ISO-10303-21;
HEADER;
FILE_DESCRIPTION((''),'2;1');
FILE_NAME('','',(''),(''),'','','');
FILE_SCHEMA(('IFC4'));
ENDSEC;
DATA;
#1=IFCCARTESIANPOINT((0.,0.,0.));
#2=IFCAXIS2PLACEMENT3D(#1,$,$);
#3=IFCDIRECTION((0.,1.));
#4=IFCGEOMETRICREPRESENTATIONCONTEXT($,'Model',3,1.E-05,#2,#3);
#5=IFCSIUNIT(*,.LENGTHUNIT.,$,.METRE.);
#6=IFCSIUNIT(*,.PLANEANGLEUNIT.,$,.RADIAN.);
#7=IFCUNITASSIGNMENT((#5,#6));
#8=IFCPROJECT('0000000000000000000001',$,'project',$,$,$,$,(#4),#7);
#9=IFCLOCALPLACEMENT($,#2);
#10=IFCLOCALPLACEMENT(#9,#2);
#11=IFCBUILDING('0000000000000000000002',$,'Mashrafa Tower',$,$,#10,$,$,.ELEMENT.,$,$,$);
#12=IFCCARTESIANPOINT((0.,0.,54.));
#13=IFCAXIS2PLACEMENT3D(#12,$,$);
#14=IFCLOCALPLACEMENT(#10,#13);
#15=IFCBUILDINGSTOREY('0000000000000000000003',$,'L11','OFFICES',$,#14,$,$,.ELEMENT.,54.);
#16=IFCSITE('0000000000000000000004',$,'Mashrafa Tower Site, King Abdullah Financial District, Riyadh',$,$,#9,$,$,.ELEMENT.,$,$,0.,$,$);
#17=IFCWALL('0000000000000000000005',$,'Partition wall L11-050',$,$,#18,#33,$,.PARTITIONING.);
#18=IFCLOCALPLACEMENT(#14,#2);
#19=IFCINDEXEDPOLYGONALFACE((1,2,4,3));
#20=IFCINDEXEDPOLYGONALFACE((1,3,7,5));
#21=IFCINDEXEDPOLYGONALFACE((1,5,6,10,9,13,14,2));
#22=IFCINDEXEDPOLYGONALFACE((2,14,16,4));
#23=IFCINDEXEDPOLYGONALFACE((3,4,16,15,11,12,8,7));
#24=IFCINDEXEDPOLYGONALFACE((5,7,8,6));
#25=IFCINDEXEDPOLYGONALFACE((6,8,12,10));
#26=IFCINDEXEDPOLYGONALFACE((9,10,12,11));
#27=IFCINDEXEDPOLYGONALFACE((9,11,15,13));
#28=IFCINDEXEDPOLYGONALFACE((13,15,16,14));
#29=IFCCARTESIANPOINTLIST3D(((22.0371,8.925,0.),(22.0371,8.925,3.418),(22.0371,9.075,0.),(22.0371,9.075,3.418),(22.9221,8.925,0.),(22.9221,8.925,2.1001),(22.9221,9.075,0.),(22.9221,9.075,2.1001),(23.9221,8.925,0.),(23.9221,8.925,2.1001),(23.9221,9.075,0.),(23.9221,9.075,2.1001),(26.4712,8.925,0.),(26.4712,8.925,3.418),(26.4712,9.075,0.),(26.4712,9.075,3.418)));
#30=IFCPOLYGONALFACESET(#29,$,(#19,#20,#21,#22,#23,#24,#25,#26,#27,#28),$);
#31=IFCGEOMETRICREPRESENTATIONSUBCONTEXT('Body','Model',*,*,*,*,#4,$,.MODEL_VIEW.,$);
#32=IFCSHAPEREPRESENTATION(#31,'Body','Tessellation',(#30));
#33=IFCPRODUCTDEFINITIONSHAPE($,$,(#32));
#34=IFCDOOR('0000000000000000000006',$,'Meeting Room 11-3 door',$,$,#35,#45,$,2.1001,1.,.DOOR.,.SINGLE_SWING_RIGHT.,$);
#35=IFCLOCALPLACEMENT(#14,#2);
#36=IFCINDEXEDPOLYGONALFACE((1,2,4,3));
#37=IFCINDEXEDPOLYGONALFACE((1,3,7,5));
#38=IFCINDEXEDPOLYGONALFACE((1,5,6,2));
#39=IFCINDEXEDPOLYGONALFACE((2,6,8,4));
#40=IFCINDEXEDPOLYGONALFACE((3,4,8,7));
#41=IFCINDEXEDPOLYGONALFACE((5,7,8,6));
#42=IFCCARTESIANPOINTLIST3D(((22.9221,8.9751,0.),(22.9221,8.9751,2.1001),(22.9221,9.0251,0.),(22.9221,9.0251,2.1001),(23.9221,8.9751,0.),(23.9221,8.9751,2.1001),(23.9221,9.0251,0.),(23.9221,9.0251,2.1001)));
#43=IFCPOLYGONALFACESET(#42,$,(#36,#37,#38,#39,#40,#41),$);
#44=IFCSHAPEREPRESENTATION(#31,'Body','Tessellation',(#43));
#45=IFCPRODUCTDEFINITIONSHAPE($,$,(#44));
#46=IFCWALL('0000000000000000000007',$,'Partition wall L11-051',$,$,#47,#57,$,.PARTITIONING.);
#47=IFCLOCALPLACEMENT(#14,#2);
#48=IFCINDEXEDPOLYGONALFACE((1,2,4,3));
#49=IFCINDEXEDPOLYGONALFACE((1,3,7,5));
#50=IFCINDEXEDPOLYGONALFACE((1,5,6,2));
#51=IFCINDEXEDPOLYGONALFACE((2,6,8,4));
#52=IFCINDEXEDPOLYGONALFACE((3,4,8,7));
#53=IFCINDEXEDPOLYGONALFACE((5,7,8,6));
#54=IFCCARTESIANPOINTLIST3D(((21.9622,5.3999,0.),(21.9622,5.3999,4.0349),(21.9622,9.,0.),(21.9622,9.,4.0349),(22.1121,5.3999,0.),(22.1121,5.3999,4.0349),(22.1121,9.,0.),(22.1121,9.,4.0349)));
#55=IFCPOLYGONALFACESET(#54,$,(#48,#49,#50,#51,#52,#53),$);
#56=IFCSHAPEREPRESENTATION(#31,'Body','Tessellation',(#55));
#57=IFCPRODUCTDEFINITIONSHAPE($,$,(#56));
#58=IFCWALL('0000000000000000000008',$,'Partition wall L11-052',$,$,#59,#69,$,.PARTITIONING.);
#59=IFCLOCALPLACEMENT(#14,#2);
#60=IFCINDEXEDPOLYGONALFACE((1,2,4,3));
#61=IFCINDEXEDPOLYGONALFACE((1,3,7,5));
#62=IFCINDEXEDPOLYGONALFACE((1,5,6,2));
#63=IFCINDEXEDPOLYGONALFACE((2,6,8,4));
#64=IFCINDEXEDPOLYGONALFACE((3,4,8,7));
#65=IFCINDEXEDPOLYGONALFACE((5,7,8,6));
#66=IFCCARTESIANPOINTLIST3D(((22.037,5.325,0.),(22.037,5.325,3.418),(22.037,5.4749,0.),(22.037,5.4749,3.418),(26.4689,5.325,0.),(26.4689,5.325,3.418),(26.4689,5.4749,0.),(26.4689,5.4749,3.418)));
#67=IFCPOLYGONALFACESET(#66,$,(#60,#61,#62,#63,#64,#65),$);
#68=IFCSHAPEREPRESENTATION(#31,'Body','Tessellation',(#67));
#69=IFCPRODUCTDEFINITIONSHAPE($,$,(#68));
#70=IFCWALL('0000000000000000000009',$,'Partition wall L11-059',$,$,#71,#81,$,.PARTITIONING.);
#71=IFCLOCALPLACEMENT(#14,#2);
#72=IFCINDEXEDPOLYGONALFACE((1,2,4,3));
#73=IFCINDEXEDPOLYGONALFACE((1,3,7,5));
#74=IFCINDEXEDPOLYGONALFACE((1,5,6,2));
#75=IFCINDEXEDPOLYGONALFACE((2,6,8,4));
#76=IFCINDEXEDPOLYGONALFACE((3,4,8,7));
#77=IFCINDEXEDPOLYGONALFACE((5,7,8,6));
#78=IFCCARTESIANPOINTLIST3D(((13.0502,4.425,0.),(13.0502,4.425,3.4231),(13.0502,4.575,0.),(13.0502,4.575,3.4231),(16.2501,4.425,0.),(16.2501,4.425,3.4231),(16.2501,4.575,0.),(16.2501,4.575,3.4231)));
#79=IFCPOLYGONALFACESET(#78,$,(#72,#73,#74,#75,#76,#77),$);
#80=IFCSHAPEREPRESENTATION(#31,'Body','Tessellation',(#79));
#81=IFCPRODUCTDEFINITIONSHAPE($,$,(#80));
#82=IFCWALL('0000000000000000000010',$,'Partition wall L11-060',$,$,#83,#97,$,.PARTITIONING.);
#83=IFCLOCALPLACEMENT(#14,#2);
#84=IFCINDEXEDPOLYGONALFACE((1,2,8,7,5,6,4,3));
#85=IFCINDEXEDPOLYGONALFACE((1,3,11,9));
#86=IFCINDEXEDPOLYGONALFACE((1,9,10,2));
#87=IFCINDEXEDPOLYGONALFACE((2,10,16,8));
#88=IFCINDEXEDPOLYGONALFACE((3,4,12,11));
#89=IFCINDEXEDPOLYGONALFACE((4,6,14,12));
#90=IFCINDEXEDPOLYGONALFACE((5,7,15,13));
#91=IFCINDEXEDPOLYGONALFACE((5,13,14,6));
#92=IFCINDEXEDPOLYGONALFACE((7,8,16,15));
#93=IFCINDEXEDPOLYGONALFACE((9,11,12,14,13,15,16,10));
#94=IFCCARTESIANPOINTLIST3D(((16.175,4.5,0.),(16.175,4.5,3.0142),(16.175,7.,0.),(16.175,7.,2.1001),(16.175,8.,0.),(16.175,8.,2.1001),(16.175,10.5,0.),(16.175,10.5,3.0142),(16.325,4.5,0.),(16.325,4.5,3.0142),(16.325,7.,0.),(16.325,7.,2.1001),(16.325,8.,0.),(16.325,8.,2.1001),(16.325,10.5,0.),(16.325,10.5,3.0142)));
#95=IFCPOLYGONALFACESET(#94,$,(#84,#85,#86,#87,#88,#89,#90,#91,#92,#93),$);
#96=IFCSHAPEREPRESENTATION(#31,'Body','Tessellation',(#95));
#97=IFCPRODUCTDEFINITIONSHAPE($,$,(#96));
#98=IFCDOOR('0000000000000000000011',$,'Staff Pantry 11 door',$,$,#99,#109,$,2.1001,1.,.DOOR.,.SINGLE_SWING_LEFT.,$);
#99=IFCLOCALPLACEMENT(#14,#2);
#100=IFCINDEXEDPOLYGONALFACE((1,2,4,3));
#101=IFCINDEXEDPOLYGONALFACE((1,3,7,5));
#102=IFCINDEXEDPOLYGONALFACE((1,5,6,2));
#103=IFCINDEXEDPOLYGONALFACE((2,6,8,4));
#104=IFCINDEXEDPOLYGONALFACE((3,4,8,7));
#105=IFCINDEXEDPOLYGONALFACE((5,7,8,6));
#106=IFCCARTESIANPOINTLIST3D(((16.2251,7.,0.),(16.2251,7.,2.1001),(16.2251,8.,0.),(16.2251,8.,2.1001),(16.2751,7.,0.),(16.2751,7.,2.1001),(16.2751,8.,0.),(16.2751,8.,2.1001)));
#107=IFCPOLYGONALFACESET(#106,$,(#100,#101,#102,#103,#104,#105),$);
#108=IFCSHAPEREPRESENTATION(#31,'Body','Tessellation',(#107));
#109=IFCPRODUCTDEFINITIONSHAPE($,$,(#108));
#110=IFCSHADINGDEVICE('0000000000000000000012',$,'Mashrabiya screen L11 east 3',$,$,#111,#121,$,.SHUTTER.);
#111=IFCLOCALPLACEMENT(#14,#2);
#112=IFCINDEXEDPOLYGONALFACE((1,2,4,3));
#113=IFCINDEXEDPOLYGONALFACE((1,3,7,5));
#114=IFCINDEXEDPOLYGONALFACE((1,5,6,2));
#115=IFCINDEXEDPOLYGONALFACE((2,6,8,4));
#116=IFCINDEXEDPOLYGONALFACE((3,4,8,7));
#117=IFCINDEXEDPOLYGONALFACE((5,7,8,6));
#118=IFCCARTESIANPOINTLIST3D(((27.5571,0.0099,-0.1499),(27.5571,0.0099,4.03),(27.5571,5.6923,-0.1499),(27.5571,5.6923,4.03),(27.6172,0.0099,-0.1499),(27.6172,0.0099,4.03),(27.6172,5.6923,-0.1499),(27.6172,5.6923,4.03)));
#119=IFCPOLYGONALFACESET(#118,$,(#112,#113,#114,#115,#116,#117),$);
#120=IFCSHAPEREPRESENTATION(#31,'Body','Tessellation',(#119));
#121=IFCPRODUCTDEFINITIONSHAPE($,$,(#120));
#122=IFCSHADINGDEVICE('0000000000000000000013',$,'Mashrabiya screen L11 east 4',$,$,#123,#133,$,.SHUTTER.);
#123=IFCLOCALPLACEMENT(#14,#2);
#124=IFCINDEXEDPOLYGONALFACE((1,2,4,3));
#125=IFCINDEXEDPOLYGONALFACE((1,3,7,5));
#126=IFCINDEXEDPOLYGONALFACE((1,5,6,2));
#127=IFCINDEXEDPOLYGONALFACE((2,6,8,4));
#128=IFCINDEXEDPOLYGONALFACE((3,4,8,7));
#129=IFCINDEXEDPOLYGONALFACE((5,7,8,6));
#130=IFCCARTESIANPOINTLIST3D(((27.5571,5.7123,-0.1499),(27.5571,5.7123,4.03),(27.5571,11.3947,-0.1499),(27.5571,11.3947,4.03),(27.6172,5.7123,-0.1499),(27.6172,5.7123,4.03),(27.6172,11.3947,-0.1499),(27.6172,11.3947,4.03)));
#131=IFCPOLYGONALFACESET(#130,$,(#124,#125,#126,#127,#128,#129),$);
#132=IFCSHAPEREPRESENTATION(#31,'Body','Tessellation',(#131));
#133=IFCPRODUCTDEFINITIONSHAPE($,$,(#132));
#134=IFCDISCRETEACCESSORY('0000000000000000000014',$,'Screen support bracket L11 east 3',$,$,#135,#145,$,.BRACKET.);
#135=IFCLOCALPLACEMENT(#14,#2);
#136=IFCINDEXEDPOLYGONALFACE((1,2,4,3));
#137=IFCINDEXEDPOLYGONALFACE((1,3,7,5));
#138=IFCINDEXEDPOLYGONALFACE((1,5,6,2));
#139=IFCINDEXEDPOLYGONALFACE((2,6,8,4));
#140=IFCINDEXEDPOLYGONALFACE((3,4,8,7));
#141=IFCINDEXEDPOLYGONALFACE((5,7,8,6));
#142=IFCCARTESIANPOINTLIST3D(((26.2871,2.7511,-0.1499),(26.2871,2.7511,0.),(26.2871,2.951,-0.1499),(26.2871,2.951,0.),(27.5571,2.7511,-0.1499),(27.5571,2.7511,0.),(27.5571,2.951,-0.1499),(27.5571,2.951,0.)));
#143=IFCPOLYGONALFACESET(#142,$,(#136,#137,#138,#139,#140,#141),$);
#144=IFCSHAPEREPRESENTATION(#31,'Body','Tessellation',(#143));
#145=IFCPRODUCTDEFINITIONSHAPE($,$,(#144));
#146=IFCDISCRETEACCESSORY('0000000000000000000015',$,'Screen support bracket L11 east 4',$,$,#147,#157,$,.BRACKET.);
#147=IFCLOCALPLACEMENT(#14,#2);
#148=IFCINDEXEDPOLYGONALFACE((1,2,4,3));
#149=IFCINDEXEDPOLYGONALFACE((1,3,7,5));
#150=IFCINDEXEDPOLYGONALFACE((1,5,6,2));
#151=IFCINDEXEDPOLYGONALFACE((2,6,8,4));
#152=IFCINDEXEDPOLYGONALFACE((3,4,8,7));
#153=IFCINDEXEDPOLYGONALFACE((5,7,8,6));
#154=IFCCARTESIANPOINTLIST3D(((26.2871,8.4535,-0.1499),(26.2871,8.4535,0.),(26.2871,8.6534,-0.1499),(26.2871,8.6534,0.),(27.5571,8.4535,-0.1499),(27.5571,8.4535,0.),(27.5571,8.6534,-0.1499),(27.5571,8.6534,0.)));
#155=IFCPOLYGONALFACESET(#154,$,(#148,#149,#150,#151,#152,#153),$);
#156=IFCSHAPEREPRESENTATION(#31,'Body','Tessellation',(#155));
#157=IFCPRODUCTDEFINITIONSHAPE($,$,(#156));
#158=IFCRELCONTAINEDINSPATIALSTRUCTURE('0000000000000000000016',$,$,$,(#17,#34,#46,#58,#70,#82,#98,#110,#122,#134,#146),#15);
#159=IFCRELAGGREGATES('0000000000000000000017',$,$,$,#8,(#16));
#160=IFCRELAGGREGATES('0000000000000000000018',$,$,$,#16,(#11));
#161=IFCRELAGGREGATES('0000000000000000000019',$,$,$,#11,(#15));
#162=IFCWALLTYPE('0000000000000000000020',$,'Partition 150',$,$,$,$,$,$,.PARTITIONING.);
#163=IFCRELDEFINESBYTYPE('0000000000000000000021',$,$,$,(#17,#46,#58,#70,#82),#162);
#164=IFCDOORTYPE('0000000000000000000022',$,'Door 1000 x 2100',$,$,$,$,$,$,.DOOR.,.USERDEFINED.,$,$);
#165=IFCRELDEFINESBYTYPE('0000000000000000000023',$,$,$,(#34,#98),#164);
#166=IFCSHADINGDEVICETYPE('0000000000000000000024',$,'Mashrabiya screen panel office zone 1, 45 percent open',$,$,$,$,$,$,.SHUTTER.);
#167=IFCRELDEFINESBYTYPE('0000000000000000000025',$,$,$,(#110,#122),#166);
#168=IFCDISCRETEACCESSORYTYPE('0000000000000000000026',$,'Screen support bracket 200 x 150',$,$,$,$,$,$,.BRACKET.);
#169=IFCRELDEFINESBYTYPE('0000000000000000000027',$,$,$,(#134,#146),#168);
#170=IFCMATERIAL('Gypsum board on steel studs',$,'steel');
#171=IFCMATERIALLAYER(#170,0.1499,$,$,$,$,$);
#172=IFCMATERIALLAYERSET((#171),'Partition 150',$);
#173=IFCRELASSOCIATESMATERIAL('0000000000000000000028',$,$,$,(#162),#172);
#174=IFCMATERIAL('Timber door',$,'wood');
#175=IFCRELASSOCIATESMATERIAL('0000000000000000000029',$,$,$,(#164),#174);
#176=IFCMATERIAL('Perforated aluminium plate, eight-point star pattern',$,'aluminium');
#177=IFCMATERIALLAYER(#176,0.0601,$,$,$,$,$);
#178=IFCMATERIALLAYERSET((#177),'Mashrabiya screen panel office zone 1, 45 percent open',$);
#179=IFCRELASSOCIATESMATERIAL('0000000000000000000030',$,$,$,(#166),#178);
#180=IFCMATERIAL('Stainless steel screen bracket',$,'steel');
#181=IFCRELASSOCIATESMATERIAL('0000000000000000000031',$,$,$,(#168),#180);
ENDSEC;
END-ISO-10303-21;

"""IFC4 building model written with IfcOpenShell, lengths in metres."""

from ifc_helpers import new_model, si_unit, direction, frame, frame_2d, origin, origin_2d, place, context, subcontext, project, spatial, rectangle, extrude, source, transform, mapped, material, layer, layer_set, type_object, type_shapes, element, fill, save


model = new_model("IFC4")

# Units and contexts
model_context = context("Model", 3, precision=1e-05, world=origin(), true_north=direction((0.0, 1.0)))
body_context = subcontext(model_context, "Body", "Model", "MODEL_VIEW")
ifc_project = project(units=[si_unit("LENGTHUNIT", "METRE"), si_unit("PLANEANGLEUNIT", "RADIAN")], contexts=[model_context])

# Site, building, storey
site_placement = place(None, origin())
site = spatial("IfcSite", under=ifc_project, at=site_placement, Name="Mashrafa Tower Site, King Abdullah Financial District, Riyadh", CompositionType="ELEMENT", RefElevation=0.0)
building_placement = place(site_placement, origin())
building = spatial("IfcBuilding", under=site, at=building_placement, Name="Mashrafa Tower", CompositionType="ELEMENT")
storey_placement = place(building_placement, frame((0.0, 0.0, 54.0)))
storey = spatial("IfcBuildingStorey", under=building, at=storey_placement, Name="L11", Description="OFFICES", CompositionType="ELEMENT", Elevation=54.0)

# Wall, opening, door
ifc_material_1 = material(Name="Gypsum board on steel studs", Category="steel")
ifc_layer_1 = layer(ifc_material_1, 0.1499)
ifc_layer_set_1 = layer_set([ifc_layer_1], Name="Partition 150")
wall_type_1 = type_object("IfcWallType", Name="Partition 150", PredefinedType="PARTITIONING", material=ifc_layer_set_1)
wall_1_placement = place(storey_placement, frame((26.4712, 9.0, 0.0), z_axis=(0.0, 0.0, 1.0), x_axis=(-1.0, 0.0, 0.0)))
wall_1 = element("IfcWall", 1, at=wall_1_placement, inside=storey, type_object=wall_type_1, Name="Partition wall L11-050", PredefinedType="PARTITIONING", context=body_context, shape_type="SweptSolid", body=[
    extrude(rectangle(XDim=4.4341, YDim=0.1499, at=frame_2d((2.217, 0.0))), origin(), (0.0, 0.0, 1.0), 3.418),
])
opening_1_placement = place(wall_1_placement, frame((2.5491, 0.0, 0.0)))
opening_1 = element("IfcOpeningElement", 2, at=opening_1_placement, cuts=wall_1, PredefinedType="OPENING", context=body_context, shape_type="SweptSolid", body=[
    extrude(rectangle(XDim=1.0, YDim=2.1001, at=frame_2d((0.5, 1.05))), frame((0.0, 0.085, 0.0), z_axis=(0.0, -1.0, 0.0), x_axis=(1.0, 0.0, 0.0)), (0.0, 0.0, 1.0), 0.1699),
])
ifc_material_2 = material(Name="Timber door", Category="wood")
door_type = type_object("IfcDoorType", Name="Door 1000 x 2100", OperationType="USERDEFINED", PredefinedType="DOOR", material=ifc_material_2)
door_1_placement = place(opening_1_placement, origin())
door_1 = element("IfcDoor", 3, at=door_1_placement, inside=storey, type_object=door_type, Name="Meeting Room 11-3 door", OperationType="SINGLE_SWING_RIGHT", OverallHeight=2.1001, OverallWidth=1.0, PredefinedType="DOOR", context=body_context, shape_type="SweptSolid", body=[
    extrude(rectangle(XDim=1.0, YDim=2.1001, at=frame_2d((0.5, 1.05))), frame((0.0, 0.0249, 0.0), z_axis=(0.0, -1.0, 0.0), x_axis=(1.0, 0.0, 0.0)), (0.0, 0.0, 1.0), 0.05),
])
fill(opening_1, door_1)

# Walls
wall_2_placement = place(storey_placement, frame((22.0371, 9.0, 0.0), z_axis=(0.0, 0.0, 1.0), x_axis=(0.0, -1.0, 0.0)))
element("IfcWall", 4, at=wall_2_placement, inside=storey, type_object=wall_type_1, Name="Partition wall L11-051", PredefinedType="PARTITIONING", context=body_context, shape_type="SweptSolid", body=[
    extrude(rectangle(XDim=3.6001, YDim=0.1499, at=frame_2d((1.8, 0.0))), origin(), (0.0, 0.0, 1.0), 4.0349),
])
wall_3_placement = place(storey_placement, frame((22.0371, 5.3999, 0.0), z_axis=(0.0, 0.0, 1.0), x_axis=(1.0, 0.0, 0.0)))
element("IfcWall", 5, at=wall_3_placement, inside=storey, type_object=wall_type_1, Name="Partition wall L11-052", PredefinedType="PARTITIONING", context=body_context, shape_type="SweptSolid", body=[
    extrude(rectangle(XDim=4.4319, YDim=0.1499, at=frame_2d((2.2158, 0.0))), origin(), (0.0, 0.0, 1.0), 3.418),
])
wall_4_placement = place(storey_placement, frame((13.05, 4.5, 0.0), z_axis=(0.0, 0.0, 1.0), x_axis=(1.0, 0.0, 0.0)))
element("IfcWall", 6, at=wall_4_placement, inside=storey, type_object=wall_type_1, Name="Partition wall L11-059", PredefinedType="PARTITIONING", context=body_context, shape_type="SweptSolid", body=[
    extrude(rectangle(XDim=3.2, YDim=0.1499, at=frame_2d((1.6001, 0.0))), origin(), (0.0, 0.0, 1.0), 3.4231),
])

# Wall, opening, door
wall_5_placement = place(storey_placement, frame((16.25, 4.5, 0.0), z_axis=(0.0, 0.0, 1.0), x_axis=(0.0, 1.0, 0.0)))
wall_5 = element("IfcWall", 7, at=wall_5_placement, inside=storey, type_object=wall_type_1, Name="Partition wall L11-060", PredefinedType="PARTITIONING", context=body_context, shape_type="SweptSolid", body=[
    extrude(rectangle(XDim=6.0, YDim=0.1499, at=frame_2d((3.0, 0.0))), origin(), (0.0, 0.0, 1.0), 3.0142),
])
opening_2_placement = place(wall_5_placement, frame((2.5, 0.0, 0.0)))
opening_2 = element("IfcOpeningElement", 8, at=opening_2_placement, cuts=wall_5, PredefinedType="OPENING", context=body_context, shape_type="SweptSolid", body=[
    extrude(rectangle(XDim=1.0, YDim=2.1001, at=frame_2d((0.5, 1.05))), frame((0.0, 0.085, 0.0), z_axis=(0.0, -1.0, 0.0), x_axis=(1.0, 0.0, 0.0)), (0.0, 0.0, 1.0), 0.1699),
])
door_2_placement = place(opening_2_placement, origin())
door_2 = element("IfcDoor", 9, at=door_2_placement, inside=storey, type_object=door_type, Name="Staff Pantry 11 door", OperationType="SINGLE_SWING_LEFT", OverallHeight=2.1001, OverallWidth=1.0, PredefinedType="DOOR", context=body_context, shape_type="SweptSolid", body=[
    extrude(rectangle(XDim=1.0, YDim=2.1001, at=frame_2d((0.5, 1.05))), frame((0.0, 0.0249, 0.0), z_axis=(0.0, -1.0, 0.0), x_axis=(1.0, 0.0, 0.0)), (0.0, 0.0, 1.0), 0.05),
])
fill(opening_2, door_2)

# Shading devices
ifc_material_3 = material(Name="Perforated aluminium plate, eight-point star pattern", Category="aluminium")
ifc_layer_2 = layer(ifc_material_3, 0.0601)
ifc_layer_set_2 = layer_set([ifc_layer_2], Name="Mashrabiya screen panel office zone 1, 45 percent open")
shading_device_type = type_object("IfcShadingDeviceType", Name="Mashrabiya screen panel office zone 1, 45 percent open", PredefinedType="SHUTTER", material=ifc_layer_set_2)
shared_shape_1 = source(origin(), body_context, "Body", "SweptSolid", [
    extrude(rectangle(XDim=5.6824, YDim=0.0601, at=origin_2d()), origin(), (0.0, 0.0, 1.0), 4.1799),
])
type_shapes(shading_device_type, [shared_shape_1])
for number, where, z_axis, x_axis, name in (
    (10, (27.5872, 2.8511, -0.1499), (0.0, 0.0, 1.0), (0.0, 1.0, 0.0), "Mashrabiya screen L11 east 3"),
    (11, (27.5872, 8.5535, -0.1499), (0.0, 0.0, 1.0), (0.0, 1.0, 0.0), "Mashrabiya screen L11 east 4"),
):
    element("IfcShadingDevice", number, at=place(storey_placement, frame(where, z_axis=z_axis, x_axis=x_axis)), inside=storey, type_object=shading_device_type, Name=name, PredefinedType="SHUTTER", context=body_context, shape_type="MappedRepresentation", body=[
        mapped(shared_shape_1, transform((0.0, 0.0, 0.0))),
    ])

# Discrete accessories
ifc_material_4 = material(Name="Stainless steel screen bracket", Category="steel")
discrete_accessory_type = type_object("IfcDiscreteAccessoryType", Name="Screen support bracket 200 x 150", PredefinedType="BRACKET", material=ifc_material_4)
shared_shape_2 = source(origin(), body_context, "Body", "SweptSolid", [
    extrude(rectangle(XDim=0.2, YDim=1.27, at=origin_2d()), origin(), (0.0, 0.0, 1.0), 0.1499),
])
type_shapes(discrete_accessory_type, [shared_shape_2])
for number, where, z_axis, x_axis, name in (
    (12, (26.9221, 2.8511, -0.1499), (0.0, 0.0, 1.0), (0.0, 1.0, 0.0), "Screen support bracket L11 east 3"),
    (13, (26.9221, 8.5535, -0.1499), (0.0, 0.0, 1.0), (0.0, 1.0, 0.0), "Screen support bracket L11 east 4"),
):
    element("IfcDiscreteAccessory", number, at=place(storey_placement, frame(where, z_axis=z_axis, x_axis=x_axis)), inside=storey, type_object=discrete_accessory_type, Name=name, PredefinedType="BRACKET", context=body_context, shape_type="MappedRepresentation", body=[
        mapped(shared_shape_2, transform((0.0, 0.0, 0.0))),
    ])

save(model, "model.ifc")
